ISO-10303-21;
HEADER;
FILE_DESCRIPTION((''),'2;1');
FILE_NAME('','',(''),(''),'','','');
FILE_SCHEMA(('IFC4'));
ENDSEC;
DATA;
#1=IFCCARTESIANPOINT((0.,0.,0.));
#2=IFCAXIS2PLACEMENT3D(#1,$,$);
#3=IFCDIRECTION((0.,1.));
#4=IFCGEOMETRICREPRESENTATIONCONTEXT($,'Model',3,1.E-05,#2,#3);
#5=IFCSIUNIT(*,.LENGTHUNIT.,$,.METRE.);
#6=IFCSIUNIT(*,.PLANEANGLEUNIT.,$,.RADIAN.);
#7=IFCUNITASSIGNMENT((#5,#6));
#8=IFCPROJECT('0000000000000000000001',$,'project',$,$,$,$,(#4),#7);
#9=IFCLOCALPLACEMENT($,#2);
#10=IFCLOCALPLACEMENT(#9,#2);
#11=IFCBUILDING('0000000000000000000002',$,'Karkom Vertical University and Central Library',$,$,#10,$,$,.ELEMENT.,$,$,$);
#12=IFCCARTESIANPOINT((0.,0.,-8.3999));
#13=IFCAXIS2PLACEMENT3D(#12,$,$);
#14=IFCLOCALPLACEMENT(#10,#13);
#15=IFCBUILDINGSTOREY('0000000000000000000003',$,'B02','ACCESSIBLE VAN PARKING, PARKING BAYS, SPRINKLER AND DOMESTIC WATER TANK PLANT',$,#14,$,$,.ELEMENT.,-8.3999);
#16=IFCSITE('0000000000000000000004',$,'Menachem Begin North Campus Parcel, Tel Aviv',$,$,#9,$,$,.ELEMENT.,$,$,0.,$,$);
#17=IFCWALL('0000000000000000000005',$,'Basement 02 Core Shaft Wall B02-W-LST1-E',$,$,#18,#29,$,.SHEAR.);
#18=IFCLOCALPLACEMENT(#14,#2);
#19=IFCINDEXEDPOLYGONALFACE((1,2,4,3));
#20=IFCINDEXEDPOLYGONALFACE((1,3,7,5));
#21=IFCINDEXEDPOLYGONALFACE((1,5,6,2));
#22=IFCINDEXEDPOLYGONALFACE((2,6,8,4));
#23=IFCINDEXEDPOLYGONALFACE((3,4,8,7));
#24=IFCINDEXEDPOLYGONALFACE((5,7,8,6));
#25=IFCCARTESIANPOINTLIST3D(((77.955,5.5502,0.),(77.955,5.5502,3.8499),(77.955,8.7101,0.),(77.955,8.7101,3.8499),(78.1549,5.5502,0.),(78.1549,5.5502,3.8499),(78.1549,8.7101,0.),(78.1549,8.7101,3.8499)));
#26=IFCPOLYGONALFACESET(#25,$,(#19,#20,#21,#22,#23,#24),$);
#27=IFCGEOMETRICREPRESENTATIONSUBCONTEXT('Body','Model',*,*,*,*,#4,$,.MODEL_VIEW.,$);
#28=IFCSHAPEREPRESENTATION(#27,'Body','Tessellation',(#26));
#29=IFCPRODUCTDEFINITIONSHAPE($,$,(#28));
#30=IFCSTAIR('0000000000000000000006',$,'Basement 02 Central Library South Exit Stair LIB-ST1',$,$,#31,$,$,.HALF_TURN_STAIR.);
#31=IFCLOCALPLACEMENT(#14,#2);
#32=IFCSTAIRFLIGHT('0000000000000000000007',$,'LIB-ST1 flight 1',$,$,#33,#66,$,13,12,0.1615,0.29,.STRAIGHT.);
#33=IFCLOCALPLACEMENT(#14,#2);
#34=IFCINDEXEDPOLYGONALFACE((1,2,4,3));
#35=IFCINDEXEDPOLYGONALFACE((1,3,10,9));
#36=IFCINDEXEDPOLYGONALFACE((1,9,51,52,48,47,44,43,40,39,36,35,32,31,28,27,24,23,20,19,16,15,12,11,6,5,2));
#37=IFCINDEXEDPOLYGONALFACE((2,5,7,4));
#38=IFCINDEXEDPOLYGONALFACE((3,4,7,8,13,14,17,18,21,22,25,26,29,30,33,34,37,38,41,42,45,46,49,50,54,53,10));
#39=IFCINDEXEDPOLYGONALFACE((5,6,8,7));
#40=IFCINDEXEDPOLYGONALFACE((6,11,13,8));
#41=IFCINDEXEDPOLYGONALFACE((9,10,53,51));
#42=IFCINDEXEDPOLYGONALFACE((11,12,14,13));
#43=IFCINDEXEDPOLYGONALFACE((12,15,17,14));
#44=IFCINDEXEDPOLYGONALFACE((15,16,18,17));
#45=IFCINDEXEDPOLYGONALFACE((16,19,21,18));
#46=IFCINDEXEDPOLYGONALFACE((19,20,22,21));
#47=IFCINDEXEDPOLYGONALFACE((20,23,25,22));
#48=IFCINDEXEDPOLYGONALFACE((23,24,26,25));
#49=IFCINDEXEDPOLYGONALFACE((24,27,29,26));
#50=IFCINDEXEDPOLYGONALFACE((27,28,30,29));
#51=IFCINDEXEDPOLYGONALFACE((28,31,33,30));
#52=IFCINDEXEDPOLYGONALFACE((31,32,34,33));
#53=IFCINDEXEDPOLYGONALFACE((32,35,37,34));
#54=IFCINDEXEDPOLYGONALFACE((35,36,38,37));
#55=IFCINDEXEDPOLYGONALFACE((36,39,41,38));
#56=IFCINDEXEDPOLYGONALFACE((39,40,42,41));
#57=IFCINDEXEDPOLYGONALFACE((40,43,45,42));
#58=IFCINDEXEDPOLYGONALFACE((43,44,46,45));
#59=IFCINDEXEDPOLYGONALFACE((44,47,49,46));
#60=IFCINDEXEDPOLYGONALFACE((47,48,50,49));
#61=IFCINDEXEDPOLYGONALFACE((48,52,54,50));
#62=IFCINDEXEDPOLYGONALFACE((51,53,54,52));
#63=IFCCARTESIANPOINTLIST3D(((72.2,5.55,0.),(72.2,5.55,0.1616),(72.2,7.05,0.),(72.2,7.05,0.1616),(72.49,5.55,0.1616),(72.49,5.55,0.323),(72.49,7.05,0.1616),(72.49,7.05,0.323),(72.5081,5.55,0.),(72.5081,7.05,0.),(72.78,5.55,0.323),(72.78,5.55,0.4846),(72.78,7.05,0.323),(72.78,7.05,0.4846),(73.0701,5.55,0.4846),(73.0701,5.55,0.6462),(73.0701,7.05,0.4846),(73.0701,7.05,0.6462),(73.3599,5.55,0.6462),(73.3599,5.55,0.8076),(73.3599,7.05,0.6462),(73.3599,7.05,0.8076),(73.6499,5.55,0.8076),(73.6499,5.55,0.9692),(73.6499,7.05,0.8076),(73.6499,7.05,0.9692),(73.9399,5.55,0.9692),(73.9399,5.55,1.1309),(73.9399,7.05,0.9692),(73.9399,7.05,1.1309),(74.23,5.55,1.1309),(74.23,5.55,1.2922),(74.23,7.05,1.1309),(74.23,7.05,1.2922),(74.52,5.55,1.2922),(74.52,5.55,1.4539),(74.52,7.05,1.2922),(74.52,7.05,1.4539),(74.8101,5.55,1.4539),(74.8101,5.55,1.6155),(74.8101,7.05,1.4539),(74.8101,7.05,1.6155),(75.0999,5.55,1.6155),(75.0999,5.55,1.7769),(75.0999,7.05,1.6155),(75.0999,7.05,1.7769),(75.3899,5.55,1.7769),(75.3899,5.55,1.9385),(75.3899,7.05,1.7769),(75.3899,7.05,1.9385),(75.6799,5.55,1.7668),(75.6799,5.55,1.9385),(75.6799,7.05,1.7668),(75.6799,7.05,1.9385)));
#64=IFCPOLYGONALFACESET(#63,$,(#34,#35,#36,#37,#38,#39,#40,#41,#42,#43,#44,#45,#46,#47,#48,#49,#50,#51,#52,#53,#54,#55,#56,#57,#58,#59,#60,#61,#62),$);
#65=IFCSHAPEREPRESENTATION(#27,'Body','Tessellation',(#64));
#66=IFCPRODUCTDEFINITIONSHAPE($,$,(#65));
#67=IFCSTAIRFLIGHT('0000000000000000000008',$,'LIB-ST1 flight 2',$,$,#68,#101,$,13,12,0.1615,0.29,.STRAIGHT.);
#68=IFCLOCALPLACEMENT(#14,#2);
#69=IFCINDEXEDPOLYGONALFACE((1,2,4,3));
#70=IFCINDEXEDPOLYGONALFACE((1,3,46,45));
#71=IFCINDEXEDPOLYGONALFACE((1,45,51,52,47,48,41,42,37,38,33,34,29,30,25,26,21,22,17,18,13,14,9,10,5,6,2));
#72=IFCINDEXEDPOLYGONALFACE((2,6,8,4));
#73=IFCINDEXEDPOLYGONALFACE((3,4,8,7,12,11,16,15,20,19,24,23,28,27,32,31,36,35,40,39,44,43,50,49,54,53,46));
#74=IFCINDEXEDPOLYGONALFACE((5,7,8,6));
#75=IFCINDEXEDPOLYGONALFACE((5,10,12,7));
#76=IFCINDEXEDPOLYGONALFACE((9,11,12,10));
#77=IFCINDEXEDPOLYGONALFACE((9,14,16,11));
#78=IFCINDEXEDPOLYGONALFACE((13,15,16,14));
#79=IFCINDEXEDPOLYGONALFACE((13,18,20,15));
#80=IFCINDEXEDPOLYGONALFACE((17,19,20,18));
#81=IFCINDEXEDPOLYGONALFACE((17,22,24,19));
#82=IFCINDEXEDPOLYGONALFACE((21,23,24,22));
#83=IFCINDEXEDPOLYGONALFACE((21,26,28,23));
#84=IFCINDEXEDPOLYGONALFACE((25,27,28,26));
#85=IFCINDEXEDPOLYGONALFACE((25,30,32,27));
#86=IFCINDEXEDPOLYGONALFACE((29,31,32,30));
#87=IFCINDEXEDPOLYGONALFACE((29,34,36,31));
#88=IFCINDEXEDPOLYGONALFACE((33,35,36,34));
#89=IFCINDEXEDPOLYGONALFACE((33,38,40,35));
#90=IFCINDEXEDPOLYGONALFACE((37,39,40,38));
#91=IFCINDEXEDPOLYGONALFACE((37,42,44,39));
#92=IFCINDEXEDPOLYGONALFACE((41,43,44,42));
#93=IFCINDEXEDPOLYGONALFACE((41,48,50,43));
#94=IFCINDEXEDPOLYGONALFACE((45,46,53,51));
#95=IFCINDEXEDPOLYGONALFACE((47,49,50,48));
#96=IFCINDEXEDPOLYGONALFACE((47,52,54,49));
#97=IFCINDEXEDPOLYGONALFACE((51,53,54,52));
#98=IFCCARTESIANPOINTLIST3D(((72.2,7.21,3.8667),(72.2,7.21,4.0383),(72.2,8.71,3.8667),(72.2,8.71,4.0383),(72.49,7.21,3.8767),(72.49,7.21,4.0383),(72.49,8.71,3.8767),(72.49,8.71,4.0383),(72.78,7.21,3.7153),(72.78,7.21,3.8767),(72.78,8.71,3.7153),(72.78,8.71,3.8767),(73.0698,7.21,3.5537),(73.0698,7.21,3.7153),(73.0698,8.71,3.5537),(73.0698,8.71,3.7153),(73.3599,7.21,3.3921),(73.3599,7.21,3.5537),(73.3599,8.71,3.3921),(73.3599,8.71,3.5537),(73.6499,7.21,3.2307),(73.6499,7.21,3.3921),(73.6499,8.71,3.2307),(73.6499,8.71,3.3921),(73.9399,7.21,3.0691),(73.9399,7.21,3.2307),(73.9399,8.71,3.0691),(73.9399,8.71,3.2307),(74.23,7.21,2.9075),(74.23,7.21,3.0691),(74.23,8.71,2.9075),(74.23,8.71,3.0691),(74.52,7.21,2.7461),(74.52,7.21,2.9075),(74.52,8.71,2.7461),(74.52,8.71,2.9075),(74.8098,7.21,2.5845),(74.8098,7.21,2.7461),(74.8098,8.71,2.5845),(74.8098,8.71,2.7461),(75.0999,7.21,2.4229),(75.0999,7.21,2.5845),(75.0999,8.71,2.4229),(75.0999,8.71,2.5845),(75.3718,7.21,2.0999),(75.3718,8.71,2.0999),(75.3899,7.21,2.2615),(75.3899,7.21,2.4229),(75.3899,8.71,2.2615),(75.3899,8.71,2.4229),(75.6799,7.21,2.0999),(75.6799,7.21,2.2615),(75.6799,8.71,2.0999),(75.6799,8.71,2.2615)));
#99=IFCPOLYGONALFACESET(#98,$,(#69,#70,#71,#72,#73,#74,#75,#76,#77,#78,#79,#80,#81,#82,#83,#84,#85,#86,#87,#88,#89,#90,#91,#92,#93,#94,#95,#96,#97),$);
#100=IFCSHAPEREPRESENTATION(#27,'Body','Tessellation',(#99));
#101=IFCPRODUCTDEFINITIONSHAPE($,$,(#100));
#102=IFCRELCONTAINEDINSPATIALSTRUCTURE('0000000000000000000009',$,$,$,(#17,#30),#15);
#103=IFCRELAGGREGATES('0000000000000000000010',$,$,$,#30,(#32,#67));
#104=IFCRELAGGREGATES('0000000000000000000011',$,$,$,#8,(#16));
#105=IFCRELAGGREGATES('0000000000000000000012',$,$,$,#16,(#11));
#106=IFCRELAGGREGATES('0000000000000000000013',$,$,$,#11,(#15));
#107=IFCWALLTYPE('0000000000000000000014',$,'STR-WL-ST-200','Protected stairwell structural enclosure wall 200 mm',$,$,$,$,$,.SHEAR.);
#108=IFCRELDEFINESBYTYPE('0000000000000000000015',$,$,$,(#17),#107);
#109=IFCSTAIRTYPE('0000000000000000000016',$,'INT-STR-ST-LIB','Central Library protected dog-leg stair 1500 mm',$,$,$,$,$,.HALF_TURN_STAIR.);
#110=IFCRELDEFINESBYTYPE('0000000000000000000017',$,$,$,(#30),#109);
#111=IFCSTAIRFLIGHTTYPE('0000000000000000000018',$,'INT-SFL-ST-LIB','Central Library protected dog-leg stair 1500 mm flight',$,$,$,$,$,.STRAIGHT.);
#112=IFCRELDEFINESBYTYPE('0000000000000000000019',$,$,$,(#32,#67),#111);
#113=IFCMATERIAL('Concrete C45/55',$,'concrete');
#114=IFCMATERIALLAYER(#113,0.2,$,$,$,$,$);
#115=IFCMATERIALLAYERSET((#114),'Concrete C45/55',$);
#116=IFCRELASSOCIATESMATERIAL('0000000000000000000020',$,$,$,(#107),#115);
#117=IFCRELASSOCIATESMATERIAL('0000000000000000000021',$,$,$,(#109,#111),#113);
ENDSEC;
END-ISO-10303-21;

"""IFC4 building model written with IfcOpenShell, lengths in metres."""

from ifc_helpers import new_model, si_unit, direction, frame, frame_2d, origin, place, context, subcontext, project, spatial, polyline, rectangle, outline, extrude, material, layer, layer_set, type_object, element, aggregate, save


model = new_model("IFC4")

# Units and contexts
model_context = context("Model", 3, precision=1e-05, world=origin(), true_north=direction((0.0, 1.0)))
body_context = subcontext(model_context, "Body", "Model", "MODEL_VIEW")
ifc_project = project(units=[si_unit("LENGTHUNIT", "METRE"), si_unit("PLANEANGLEUNIT", "RADIAN")], contexts=[model_context])

# Site, building, storey
site_placement = place(None, origin())
site = spatial("IfcSite", under=ifc_project, at=site_placement, Name="Menachem Begin North Campus Parcel, Tel Aviv", CompositionType="ELEMENT", RefElevation=0.0)
building_placement = place(site_placement, origin())
building = spatial("IfcBuilding", under=site, at=building_placement, Name="Karkom Vertical University and Central Library", CompositionType="ELEMENT")
storey_placement = place(building_placement, frame((0.0, 0.0, -8.3999)))
storey = spatial("IfcBuildingStorey", under=building, at=storey_placement, Name="B02", Description="ACCESSIBLE VAN PARKING, PARKING BAYS, SPRINKLER AND DOMESTIC WATER TANK PLANT", CompositionType="ELEMENT", Elevation=-8.3999)

# Shared definitions
ifc_material_1 = material(Name="Concrete C45/55", Category="concrete")

# Wall
ifc_layer_1 = layer(ifc_material_1, 0.2)
ifc_layer_set_1 = layer_set([ifc_layer_1], Name="Concrete C45/55")
wall_type_1 = type_object("IfcWallType", Name="STR-WL-ST-200", Description="Protected stairwell structural enclosure wall 200 mm", PredefinedType="SHEAR", material=ifc_layer_set_1)
wall_1_placement = place(storey_placement, frame((78.0549, 5.55, 0.0), z_axis=(0.0, 0.0, 1.0), x_axis=(0.0, 1.0, 0.0)))
element("IfcWall", 1, at=wall_1_placement, inside=storey, type_object=wall_type_1, Name="Basement 02 Core Shaft Wall B02-W-LST1-E", PredefinedType="SHEAR", context=body_context, shape_type="SweptSolid", body=[
    extrude(rectangle(XDim=3.1599, YDim=0.2, at=frame_2d((1.5801, 0.0))), origin(), (0.0, 0.0, 1.0), 3.8499),
])

# Stair, stair flights
stair_type = type_object("IfcStairType", Name="INT-STR-ST-LIB", Description="Central Library protected dog-leg stair 1500 mm", PredefinedType="HALF_TURN_STAIR", material=ifc_material_1)
stair_placement = place(storey_placement, origin())
stair = element("IfcStair", 2, at=stair_placement, inside=storey, type_object=stair_type, Name="Basement 02 Central Library South Exit Stair LIB-ST1", PredefinedType="HALF_TURN_STAIR")
stair_flight_type = type_object("IfcStairFlightType", Name="INT-SFL-ST-LIB", Description="Central Library protected dog-leg stair 1500 mm flight", PredefinedType="STRAIGHT", material=ifc_material_1)
stair_flight_1_placement = place(storey_placement, frame((72.2, 6.3, 0.0), z_axis=(0.0, 0.0, 1.0), x_axis=(1.0, 0.0, 0.0)))
stair_flight_1 = element("IfcStairFlight", 3, at=stair_flight_1_placement, type_object=stair_flight_type, Name="LIB-ST1 flight 1", NumberOfRisers=13, NumberOfTreads=12, PredefinedType="STRAIGHT", RiserHeight=0.1615, TreadLength=0.29, context=body_context, shape_type="SweptSolid", body=[
    extrude(outline(polyline([(0.0, 0.0), (0.0, 0.1616), (0.29, 0.1616), (0.29, 0.323), (0.5801, 0.323), (0.5801, 0.4846), (0.8701, 0.4846), (0.8701, 0.6462), (1.1599, 0.6462), (1.1599, 0.8076), (1.45, 0.8076), (1.45, 0.9692), (1.74, 0.9692), (1.74, 1.1309), (2.03, 1.1309), (2.03, 1.2922), (2.3201, 1.2922), (2.3201, 1.4539), (2.6101, 1.4539), (2.6101, 1.6155), (2.8999, 1.6155), (2.8999, 1.7769), (3.1899, 1.7769), (3.1899, 1.9385), (3.48, 1.9385), (3.48, 2.1001), (3.48, 1.7668), (0.3081, 0.0), (0.0, 0.0)])), frame((0.0, 0.75, 0.0), z_axis=(0.0, -1.0, 0.0), x_axis=(1.0, 0.0, 0.0)), (0.0, 0.0, 1.0), 1.5),
])
stair_flight_2_placement = place(storey_placement, frame((75.6799, 7.96, 2.0999), z_axis=(0.0, 0.0, 1.0), x_axis=(-1.0, 0.0, 0.0)))
stair_flight_2 = element("IfcStairFlight", 4, at=stair_flight_2_placement, type_object=stair_flight_type, Name="LIB-ST1 flight 2", NumberOfRisers=13, NumberOfTreads=12, PredefinedType="STRAIGHT", RiserHeight=0.1615, TreadLength=0.29, context=body_context, shape_type="SweptSolid", body=[
    extrude(outline(polyline([(0.0, 0.0), (0.0, 0.1616), (0.29, 0.1616), (0.29, 0.323), (0.5801, 0.323), (0.5801, 0.4846), (0.8701, 0.4846), (0.8701, 0.6462), (1.1599, 0.6462), (1.1599, 0.8076), (1.45, 0.8076), (1.45, 0.9692), (1.74, 0.9692), (1.74, 1.1309), (2.03, 1.1309), (2.03, 1.2922), (2.3201, 1.2922), (2.3201, 1.4539), (2.6101, 1.4539), (2.6101, 1.6155), (2.8999, 1.6155), (2.8999, 1.7769), (3.1899, 1.7769), (3.1899, 1.9385), (3.48, 1.9385), (3.48, 2.1001), (3.48, 1.7668), (0.3081, 0.0), (0.0, 0.0)])), frame((0.0, 0.75, 0.0), z_axis=(0.0, -1.0, 0.0), x_axis=(1.0, 0.0, 0.0)), (0.0, 0.0, 1.0), 1.5),
])
aggregate(stair, [stair_flight_1, stair_flight_2])

save(model, "model.ifc")
